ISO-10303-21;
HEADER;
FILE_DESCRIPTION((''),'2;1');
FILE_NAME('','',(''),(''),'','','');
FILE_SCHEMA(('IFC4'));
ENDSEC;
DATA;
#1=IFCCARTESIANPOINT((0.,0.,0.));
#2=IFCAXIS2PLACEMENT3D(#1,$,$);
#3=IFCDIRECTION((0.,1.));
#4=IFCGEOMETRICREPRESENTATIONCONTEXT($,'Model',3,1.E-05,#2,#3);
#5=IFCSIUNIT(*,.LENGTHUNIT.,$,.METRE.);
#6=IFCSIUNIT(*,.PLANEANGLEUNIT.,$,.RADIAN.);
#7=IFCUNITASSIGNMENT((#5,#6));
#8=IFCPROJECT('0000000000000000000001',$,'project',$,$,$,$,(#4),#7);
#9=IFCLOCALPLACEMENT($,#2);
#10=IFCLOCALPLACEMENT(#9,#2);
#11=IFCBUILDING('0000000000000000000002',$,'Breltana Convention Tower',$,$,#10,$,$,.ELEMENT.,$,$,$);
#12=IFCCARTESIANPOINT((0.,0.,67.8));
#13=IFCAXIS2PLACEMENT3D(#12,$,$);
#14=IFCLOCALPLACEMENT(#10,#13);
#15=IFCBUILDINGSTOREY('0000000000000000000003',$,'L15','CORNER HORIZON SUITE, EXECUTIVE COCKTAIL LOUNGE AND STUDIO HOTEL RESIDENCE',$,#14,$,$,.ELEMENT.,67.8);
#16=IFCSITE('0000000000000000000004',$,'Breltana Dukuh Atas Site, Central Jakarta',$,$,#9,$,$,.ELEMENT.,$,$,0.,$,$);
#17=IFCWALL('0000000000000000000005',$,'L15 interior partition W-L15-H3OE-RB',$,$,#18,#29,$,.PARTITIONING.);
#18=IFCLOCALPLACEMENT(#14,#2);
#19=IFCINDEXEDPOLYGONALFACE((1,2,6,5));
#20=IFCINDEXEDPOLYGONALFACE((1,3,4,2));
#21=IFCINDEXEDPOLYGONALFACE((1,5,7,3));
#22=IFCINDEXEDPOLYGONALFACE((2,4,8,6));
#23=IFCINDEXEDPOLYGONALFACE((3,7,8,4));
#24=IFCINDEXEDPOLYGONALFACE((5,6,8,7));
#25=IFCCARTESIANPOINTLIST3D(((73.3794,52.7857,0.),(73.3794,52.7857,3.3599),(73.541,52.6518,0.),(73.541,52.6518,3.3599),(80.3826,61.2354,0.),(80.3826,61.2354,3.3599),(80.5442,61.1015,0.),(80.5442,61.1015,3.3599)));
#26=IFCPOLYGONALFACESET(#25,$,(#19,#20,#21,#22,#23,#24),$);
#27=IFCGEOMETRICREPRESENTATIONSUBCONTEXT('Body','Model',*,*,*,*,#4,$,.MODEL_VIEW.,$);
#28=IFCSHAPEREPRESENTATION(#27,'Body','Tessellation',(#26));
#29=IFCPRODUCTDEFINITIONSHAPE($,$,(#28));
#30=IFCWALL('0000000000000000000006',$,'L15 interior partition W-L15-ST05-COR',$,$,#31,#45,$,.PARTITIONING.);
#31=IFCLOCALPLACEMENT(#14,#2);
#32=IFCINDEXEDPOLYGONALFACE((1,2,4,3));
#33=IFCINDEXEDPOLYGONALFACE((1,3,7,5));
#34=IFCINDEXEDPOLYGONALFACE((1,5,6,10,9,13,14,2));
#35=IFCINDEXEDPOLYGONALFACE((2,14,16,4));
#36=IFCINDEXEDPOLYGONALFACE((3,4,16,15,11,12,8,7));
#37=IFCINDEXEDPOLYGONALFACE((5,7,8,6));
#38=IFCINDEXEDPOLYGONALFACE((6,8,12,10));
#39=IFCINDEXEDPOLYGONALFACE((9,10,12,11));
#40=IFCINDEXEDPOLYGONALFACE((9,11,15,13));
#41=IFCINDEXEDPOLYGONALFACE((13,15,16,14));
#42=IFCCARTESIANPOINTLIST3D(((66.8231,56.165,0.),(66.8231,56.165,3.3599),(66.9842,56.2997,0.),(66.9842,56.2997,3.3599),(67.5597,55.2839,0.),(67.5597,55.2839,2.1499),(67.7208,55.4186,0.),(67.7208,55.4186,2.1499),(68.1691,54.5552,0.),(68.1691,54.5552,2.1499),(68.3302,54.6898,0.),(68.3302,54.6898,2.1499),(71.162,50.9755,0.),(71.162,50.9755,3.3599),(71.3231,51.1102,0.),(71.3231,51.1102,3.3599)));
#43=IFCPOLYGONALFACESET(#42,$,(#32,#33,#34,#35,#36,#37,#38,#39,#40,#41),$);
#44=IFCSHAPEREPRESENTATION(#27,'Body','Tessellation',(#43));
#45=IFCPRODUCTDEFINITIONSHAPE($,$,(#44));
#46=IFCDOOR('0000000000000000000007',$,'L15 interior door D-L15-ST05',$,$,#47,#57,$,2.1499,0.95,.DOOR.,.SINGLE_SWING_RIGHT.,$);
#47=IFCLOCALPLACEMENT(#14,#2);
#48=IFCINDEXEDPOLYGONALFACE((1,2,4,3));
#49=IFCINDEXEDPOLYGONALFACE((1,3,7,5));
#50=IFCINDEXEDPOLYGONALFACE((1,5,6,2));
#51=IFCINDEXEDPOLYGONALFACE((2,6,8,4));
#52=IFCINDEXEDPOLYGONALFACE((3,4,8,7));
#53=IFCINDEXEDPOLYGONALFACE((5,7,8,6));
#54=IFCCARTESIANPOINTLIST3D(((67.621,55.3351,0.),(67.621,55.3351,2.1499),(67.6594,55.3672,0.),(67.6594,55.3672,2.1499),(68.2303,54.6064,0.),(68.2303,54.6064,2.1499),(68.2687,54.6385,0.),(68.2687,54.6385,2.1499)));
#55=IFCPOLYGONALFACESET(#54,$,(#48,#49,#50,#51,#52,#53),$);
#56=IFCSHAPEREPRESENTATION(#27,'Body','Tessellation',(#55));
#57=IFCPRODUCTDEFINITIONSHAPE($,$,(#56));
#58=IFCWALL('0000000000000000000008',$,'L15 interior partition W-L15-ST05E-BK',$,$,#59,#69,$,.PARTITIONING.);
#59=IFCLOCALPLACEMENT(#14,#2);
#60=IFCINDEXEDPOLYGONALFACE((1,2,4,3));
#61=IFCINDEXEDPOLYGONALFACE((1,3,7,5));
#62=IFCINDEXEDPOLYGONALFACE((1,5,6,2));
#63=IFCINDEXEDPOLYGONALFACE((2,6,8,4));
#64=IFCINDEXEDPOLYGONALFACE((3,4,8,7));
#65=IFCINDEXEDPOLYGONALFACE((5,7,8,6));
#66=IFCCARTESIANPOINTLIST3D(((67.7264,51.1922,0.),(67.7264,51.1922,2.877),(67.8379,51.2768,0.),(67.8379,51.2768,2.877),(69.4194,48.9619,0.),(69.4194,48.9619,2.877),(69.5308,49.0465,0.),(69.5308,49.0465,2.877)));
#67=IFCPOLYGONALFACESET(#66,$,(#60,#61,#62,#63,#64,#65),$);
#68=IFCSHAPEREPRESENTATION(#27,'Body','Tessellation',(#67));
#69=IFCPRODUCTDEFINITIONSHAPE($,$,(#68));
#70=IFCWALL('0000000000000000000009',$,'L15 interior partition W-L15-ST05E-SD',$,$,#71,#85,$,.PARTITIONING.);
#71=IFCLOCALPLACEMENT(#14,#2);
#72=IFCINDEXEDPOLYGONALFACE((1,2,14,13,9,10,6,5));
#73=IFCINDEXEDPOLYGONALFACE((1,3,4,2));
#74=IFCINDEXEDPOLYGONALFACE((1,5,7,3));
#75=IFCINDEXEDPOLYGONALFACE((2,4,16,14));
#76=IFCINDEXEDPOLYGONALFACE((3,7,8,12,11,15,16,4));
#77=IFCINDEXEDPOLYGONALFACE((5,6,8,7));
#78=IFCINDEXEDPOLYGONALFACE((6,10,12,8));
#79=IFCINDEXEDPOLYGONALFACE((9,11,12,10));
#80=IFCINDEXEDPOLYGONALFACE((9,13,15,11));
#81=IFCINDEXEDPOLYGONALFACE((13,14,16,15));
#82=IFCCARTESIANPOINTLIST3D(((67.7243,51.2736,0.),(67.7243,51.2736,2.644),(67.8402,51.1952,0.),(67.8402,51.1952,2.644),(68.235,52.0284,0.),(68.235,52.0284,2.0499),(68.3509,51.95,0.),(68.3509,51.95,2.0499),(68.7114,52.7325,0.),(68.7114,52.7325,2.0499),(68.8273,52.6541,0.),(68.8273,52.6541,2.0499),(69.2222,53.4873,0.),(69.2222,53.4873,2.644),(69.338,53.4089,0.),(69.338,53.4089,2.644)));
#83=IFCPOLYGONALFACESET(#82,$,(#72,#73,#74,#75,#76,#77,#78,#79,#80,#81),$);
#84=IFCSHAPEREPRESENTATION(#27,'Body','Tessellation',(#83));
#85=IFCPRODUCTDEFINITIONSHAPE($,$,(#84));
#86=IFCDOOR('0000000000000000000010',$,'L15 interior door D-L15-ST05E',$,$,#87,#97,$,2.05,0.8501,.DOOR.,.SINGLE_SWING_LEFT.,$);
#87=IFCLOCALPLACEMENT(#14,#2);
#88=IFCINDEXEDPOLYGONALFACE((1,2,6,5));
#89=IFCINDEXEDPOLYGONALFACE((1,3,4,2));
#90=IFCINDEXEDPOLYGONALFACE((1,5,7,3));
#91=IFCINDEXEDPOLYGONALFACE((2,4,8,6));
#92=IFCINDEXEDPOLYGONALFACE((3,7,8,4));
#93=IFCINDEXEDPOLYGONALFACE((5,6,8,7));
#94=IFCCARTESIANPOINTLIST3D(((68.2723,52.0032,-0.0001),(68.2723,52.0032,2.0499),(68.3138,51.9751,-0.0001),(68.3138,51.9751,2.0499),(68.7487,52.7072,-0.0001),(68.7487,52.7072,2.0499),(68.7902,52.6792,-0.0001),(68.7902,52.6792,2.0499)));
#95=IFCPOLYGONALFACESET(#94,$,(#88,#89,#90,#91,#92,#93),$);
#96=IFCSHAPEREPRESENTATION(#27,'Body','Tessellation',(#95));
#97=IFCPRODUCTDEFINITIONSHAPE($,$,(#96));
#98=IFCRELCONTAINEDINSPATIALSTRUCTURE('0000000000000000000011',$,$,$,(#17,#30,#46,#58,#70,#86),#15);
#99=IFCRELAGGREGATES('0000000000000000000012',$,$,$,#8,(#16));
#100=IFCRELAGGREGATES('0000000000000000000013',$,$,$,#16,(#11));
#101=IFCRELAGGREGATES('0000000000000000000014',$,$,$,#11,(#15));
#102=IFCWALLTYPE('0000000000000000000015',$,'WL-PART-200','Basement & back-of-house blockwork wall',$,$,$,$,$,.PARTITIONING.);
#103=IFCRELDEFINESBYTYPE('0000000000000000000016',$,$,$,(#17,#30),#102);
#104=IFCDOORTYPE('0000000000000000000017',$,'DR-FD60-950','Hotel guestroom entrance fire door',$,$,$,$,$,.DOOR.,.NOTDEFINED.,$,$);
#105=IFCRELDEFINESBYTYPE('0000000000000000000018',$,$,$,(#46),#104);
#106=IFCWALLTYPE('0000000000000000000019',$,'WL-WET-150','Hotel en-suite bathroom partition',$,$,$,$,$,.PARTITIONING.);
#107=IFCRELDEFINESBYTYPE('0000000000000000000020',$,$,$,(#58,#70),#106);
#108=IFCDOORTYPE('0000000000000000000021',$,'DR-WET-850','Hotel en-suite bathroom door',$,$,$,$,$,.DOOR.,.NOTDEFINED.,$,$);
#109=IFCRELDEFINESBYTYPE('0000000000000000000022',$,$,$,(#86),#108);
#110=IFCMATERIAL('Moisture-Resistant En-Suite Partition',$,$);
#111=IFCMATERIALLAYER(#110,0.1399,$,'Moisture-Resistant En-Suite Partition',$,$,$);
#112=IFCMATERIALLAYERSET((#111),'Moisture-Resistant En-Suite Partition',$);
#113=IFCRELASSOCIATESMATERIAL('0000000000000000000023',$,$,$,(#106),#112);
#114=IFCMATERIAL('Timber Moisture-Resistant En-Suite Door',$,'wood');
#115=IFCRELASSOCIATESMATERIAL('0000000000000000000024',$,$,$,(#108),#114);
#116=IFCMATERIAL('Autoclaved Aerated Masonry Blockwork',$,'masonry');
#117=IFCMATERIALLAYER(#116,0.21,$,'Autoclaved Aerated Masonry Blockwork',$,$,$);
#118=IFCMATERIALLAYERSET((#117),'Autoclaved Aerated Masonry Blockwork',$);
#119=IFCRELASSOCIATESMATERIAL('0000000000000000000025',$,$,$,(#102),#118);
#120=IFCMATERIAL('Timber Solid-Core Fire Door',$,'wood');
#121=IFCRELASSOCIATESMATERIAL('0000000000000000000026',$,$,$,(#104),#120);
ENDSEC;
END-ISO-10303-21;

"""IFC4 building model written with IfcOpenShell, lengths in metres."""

from ifc_helpers import new_model, si_unit, direction, frame, frame_2d, origin, place, context, subcontext, project, spatial, rectangle, extrude, source, transform, mapped, material, layer, layer_set, type_object, type_shapes, element, fill, save


model = new_model("IFC4")

# Units and contexts
model_context = context("Model", 3, precision=1e-05, world=origin(), true_north=direction((0.0, 1.0)))
body_context = subcontext(model_context, "Body", "Model", "MODEL_VIEW")
ifc_project = project(units=[si_unit("LENGTHUNIT", "METRE"), si_unit("PLANEANGLEUNIT", "RADIAN")], contexts=[model_context])

# Site, building, storey
site_placement = place(None, origin())
site = spatial("IfcSite", under=ifc_project, at=site_placement, Name="Breltana Dukuh Atas Site, Central Jakarta", CompositionType="ELEMENT", RefElevation=0.0)
building_placement = place(site_placement, origin())
building = spatial("IfcBuilding", under=site, at=building_placement, Name="Breltana Convention Tower", CompositionType="ELEMENT")
storey_placement = place(building_placement, frame((0.0, 0.0, 67.8)))
storey = spatial("IfcBuildingStorey", under=building, at=storey_placement, Name="L15", Description="CORNER HORIZON SUITE, EXECUTIVE COCKTAIL LOUNGE AND STUDIO HOTEL RESIDENCE", CompositionType="ELEMENT", Elevation=67.8)

# Shared definitions
ifc_material_1 = material(Name="Timber Solid-Core Fire Door", Category="wood")
ifc_material_2 = material(Name="Moisture-Resistant En-Suite Partition")
ifc_layer_1 = layer(ifc_material_2, 0.1399, Name="Moisture-Resistant En-Suite Partition")
ifc_layer_set_1 = layer_set([ifc_layer_1], Name="Moisture-Resistant En-Suite Partition")
wall_type_1 = type_object("IfcWallType", Name="WL-WET-150", Description="Hotel en-suite bathroom partition", PredefinedType="PARTITIONING", material=ifc_layer_set_1)
ifc_material_3 = material(Name="Timber Moisture-Resistant En-Suite Door", Category="wood")
door_type_1 = type_object("IfcDoorType", Name="DR-WET-850", Description="Hotel en-suite bathroom door", OperationType="NOTDEFINED", PredefinedType="DOOR", material=ifc_material_3)
shared_shape_1 = source(origin(), body_context, "Body", "SweptSolid", [
    extrude(rectangle(XDim=0.8501, YDim=2.05, at=frame_2d((0.425, 1.0249))), frame((0.0, 0.0249, 0.0), z_axis=(0.0, -1.0, 0.0), x_axis=(1.0, 0.0, 0.0)), (0.0, 0.0, 1.0), 0.05),
])
type_shapes(door_type_1, [shared_shape_1])

# Wall
ifc_material_4 = material(Name="Autoclaved Aerated Masonry Blockwork", Category="masonry")
ifc_layer_2 = layer(ifc_material_4, 0.21, Name="Autoclaved Aerated Masonry Blockwork")
ifc_layer_set_2 = layer_set([ifc_layer_2], Name="Autoclaved Aerated Masonry Blockwork")
wall_type_2 = type_object("IfcWallType", Name="WL-PART-200", Description="Basement & back-of-house blockwork wall", PredefinedType="PARTITIONING", material=ifc_layer_set_2)
shared_shape_2 = source(origin(), body_context, "Body", "SweptSolid", [
    extrude(rectangle(XDim=10.9746, YDim=0.21, at=frame_2d((5.4873, 0.0))), origin(), (0.0, 0.0, 1.0), 3.3599),
])
wall_1_placement = place(storey_placement, frame((73.4602, 52.7188, 0.0), z_axis=(0.0, 0.0, 1.0), x_axis=(0.638125, 0.769933, 0.0)))
element("IfcWall", 1, at=wall_1_placement, inside=storey, type_object=wall_type_2, Name="L15 interior partition W-L15-H3OE-RB", PredefinedType="PARTITIONING", context=body_context, shape_type="MappedRepresentation", body=[
    mapped(shared_shape_2, transform((0.0, 0.0, 0.0), scale=1.0)),
])

# Wall, opening, door
shared_shape_3 = source(origin(), body_context, "Body", "SweptSolid", [
    extrude(rectangle(XDim=6.7644, YDim=0.21, at=frame_2d((3.3823, 0.0))), origin(), (0.0, 0.0, 1.0), 3.3599),
])
wall_2_placement = place(storey_placement, frame((66.9036, 56.2324, 0.0), z_axis=(0.0, 0.0, 1.0), x_axis=(0.641433, -0.767179, 0.0)))
wall_2 = element("IfcWall", 2, at=wall_2_placement, inside=storey, type_object=wall_type_2, Name="L15 interior partition W-L15-ST05-COR", PredefinedType="PARTITIONING", context=body_context, shape_type="MappedRepresentation", body=[
    mapped(shared_shape_3, transform((0.0, 0.0, 0.0), scale=1.0)),
])
opening_1_placement = place(wall_2_placement, frame((1.1484, 0.0, 0.0)))
opening_1 = element("IfcOpeningElement", 3, at=opening_1_placement, cuts=wall_2, PredefinedType="OPENING", context=body_context, shape_type="SweptSolid", body=[
    extrude(rectangle(XDim=0.95, YDim=2.1499, at=frame_2d((0.4751, 1.075))), frame((0.0, 0.115, 0.0), z_axis=(0.0, -1.0, 0.0), x_axis=(1.0, 0.0, 0.0)), (0.0, 0.0, 1.0), 0.23),
])
door_type_2 = type_object("IfcDoorType", Name="DR-FD60-950", Description="Hotel guestroom entrance fire door", OperationType="NOTDEFINED", PredefinedType="DOOR", material=ifc_material_1)
shared_shape_4 = source(origin(), body_context, "Body", "SweptSolid", [
    extrude(rectangle(XDim=0.95, YDim=2.1499, at=frame_2d((0.4751, 1.075))), frame((0.0, 0.0249, 0.0), z_axis=(0.0, -1.0, 0.0), x_axis=(1.0, 0.0, 0.0)), (0.0, 0.0, 1.0), 0.05),
])
type_shapes(door_type_2, [shared_shape_4])
door_1_placement = place(opening_1_placement, origin())
door_1 = element("IfcDoor", 4, at=door_1_placement, inside=storey, type_object=door_type_2, Name="L15 interior door D-L15-ST05", OperationType="SINGLE_SWING_RIGHT", OverallHeight=2.1499, OverallWidth=0.95, PredefinedType="DOOR", context=body_context, shape_type="MappedRepresentation", body=[
    mapped(shared_shape_4, transform((0.0, 0.0, 0.0), scale=1.0)),
])
fill(opening_1, door_1)

# Wall
shared_shape_5 = source(origin(), body_context, "Body", "SweptSolid", [
    extrude(rectangle(XDim=2.8, YDim=0.1399, at=frame_2d((1.3999, 0.0))), origin(), (0.0, 0.0, 1.0), 2.877),
])
wall_3_placement = place(storey_placement, frame((67.7822, 51.2344, 0.0), z_axis=(0.0, 0.0, 1.0), x_axis=(0.604608, -0.796523, 0.0)))
element("IfcWall", 5, at=wall_3_placement, inside=storey, type_object=wall_type_1, Name="L15 interior partition W-L15-ST05E-BK", PredefinedType="PARTITIONING", context=body_context, shape_type="MappedRepresentation", body=[
    mapped(shared_shape_5, transform((0.0, 0.0, 0.0), scale=1.0)),
])

# Wall, opening, door
shared_shape_6 = source(origin(), body_context, "Body", "SweptSolid", [
    extrude(rectangle(XDim=2.6729, YDim=0.1399, at=frame_2d((1.3364, 0.0))), origin(), (0.0, 0.0, 1.0), 2.644),
])
wall_4_placement = place(storey_placement, frame((67.7822, 51.2344, 0.0), z_axis=(0.0, 0.0, 1.0), x_axis=(0.5604, 0.828222, 0.0)))
wall_4 = element("IfcWall", 6, at=wall_4_placement, inside=storey, type_object=wall_type_1, Name="L15 interior partition W-L15-ST05E-SD", PredefinedType="PARTITIONING", context=body_context, shape_type="MappedRepresentation", body=[
    mapped(shared_shape_6, transform((0.0, 0.0, 0.0), scale=1.0)),
])
opening_2_placement = place(wall_4_placement, frame((0.9114, 0.0, 0.0)))
opening_2 = element("IfcOpeningElement", 7, at=opening_2_placement, cuts=wall_4, PredefinedType="OPENING", context=body_context, shape_type="SweptSolid", body=[
    extrude(rectangle(XDim=0.8501, YDim=2.05, at=frame_2d((0.425, 1.0249))), frame((0.0, 0.0801, 0.0), z_axis=(0.0, -1.0, 0.0), x_axis=(1.0, 0.0, 0.0)), (0.0, 0.0, 1.0), 0.1599),
])
door_2_placement = place(opening_2_placement, origin())
door_2 = element("IfcDoor", 8, at=door_2_placement, inside=storey, type_object=door_type_1, Name="L15 interior door D-L15-ST05E", OperationType="SINGLE_SWING_LEFT", OverallHeight=2.05, OverallWidth=0.8501, PredefinedType="DOOR", context=body_context, shape_type="MappedRepresentation", body=[
    mapped(shared_shape_1, transform((0.0, 0.0, 0.0), scale=1.0)),
])
fill(opening_2, door_2)

save(model, "model.ifc")
